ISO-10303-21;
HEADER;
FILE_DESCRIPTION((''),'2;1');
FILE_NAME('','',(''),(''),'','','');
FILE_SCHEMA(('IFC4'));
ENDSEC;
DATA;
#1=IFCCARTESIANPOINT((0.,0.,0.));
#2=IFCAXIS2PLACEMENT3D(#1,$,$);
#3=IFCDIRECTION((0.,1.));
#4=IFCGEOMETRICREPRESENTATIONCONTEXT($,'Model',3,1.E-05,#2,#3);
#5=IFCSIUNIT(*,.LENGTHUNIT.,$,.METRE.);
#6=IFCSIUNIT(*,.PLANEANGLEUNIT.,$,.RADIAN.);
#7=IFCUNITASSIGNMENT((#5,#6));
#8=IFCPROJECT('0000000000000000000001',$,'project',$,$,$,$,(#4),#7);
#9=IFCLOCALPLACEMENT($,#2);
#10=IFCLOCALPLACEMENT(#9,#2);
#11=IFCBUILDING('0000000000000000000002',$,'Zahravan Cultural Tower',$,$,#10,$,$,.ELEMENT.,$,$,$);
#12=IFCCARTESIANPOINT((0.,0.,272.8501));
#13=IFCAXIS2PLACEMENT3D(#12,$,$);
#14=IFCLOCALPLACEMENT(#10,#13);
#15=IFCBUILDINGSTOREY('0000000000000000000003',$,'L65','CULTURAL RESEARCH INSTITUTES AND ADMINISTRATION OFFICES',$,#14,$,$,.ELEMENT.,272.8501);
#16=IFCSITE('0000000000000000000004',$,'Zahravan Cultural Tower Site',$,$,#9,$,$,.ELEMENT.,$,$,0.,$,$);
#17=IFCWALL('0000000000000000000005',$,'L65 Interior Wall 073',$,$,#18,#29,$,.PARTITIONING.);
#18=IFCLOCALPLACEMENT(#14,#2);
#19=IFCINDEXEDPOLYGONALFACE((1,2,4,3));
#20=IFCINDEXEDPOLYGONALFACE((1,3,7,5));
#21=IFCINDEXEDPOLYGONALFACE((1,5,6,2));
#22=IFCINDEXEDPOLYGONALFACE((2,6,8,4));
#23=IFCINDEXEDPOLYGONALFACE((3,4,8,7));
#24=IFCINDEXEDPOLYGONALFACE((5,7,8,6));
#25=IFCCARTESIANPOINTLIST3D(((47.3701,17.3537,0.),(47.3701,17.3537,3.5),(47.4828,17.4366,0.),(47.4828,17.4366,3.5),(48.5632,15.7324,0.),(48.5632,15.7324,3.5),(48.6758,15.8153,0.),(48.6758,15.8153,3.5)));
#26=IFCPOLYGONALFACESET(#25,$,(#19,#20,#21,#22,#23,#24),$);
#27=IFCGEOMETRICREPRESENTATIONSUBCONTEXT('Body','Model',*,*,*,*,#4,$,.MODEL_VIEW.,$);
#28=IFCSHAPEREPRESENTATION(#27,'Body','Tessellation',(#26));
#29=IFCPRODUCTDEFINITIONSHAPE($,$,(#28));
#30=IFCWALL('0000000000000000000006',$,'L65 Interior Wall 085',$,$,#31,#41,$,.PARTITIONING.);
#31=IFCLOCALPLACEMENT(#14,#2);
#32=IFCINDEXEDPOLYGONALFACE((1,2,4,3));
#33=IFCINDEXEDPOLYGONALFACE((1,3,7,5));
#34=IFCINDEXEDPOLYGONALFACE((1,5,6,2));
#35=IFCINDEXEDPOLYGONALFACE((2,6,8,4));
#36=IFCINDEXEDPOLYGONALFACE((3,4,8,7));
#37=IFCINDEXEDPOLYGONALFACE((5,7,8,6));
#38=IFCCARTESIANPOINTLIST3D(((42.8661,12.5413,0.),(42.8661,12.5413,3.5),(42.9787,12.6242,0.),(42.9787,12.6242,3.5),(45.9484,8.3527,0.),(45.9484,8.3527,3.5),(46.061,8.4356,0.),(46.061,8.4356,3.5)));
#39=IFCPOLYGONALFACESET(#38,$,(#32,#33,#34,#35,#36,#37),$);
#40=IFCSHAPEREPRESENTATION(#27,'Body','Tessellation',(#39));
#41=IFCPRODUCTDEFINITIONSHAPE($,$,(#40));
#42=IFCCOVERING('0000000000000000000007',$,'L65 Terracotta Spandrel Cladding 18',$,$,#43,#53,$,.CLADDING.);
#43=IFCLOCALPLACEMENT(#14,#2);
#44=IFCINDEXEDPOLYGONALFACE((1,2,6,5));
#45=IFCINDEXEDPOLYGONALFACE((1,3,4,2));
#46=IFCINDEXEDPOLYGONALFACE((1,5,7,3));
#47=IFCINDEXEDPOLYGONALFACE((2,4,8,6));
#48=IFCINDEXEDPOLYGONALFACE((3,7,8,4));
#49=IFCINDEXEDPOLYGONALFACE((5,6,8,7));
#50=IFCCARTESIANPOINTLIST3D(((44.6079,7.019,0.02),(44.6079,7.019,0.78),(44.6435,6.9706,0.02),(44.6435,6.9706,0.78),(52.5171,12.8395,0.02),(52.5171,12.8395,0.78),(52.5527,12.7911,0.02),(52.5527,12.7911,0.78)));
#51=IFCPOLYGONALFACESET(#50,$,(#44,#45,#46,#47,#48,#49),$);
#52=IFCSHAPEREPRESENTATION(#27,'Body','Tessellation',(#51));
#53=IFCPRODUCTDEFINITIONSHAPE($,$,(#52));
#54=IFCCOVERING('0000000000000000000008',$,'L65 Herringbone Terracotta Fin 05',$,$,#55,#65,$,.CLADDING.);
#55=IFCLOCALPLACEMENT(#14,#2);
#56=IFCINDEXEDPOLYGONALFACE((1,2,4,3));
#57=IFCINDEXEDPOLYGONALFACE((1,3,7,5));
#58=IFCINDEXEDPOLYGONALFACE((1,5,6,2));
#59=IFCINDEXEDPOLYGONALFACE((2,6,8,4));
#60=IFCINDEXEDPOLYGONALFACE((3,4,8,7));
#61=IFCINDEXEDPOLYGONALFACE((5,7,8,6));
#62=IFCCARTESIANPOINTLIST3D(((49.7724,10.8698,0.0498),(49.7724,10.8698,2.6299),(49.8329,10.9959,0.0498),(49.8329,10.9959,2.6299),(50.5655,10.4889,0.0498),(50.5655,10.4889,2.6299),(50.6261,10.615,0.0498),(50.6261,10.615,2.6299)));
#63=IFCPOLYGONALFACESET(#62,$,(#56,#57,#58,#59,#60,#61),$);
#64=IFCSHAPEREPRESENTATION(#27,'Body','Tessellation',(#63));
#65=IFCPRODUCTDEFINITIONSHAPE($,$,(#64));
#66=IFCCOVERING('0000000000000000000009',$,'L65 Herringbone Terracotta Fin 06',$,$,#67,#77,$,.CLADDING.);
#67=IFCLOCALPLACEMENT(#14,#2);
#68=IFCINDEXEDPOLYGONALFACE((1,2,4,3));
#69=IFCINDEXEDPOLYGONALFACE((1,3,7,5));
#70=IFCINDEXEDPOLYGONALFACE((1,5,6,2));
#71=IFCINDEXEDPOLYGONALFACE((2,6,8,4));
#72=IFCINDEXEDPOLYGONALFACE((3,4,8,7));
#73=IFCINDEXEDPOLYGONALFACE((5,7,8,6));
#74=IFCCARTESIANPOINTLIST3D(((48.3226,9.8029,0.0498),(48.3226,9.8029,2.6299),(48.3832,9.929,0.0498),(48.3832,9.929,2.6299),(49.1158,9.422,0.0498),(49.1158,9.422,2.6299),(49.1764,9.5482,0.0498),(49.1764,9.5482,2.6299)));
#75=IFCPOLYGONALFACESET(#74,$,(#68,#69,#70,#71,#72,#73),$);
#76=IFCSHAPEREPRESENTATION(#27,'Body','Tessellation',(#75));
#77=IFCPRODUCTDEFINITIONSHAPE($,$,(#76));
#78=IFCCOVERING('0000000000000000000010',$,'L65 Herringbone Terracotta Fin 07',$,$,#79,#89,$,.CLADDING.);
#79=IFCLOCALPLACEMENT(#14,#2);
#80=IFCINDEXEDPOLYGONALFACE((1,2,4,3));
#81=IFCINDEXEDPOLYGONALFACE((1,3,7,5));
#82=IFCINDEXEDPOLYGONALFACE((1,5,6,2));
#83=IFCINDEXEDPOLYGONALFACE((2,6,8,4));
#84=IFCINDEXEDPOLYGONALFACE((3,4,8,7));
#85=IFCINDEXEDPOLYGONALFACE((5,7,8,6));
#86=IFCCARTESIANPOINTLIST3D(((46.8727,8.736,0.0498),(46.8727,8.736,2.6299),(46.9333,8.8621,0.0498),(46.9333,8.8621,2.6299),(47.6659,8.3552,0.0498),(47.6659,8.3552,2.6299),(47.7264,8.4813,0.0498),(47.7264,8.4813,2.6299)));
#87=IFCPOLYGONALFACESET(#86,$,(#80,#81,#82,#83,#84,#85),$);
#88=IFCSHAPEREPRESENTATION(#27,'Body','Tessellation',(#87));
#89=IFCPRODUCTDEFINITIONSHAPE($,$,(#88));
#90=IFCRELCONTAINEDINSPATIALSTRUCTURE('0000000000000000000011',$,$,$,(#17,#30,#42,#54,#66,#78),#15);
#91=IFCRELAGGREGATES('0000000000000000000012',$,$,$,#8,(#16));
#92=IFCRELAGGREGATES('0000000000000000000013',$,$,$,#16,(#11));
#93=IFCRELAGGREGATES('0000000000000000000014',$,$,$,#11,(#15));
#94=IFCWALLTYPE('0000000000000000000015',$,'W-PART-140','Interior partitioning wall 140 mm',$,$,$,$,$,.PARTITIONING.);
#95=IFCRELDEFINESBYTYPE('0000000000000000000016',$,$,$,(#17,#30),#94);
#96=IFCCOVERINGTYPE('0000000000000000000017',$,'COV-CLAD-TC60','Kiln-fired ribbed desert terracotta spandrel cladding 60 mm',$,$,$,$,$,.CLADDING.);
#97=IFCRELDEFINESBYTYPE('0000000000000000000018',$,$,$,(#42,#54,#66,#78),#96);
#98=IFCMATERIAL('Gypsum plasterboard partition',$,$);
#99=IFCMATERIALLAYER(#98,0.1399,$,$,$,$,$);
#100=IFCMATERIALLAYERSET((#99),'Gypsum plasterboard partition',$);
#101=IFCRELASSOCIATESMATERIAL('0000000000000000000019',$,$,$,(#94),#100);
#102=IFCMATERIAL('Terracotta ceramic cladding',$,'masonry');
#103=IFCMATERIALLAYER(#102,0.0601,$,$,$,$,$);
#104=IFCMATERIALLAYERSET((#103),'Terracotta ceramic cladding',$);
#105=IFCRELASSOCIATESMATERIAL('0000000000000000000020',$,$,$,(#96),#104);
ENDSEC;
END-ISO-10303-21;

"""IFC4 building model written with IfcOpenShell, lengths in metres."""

from ifc_helpers import new_model, si_unit, direction, frame, frame_2d, origin, origin_2d, place, context, subcontext, project, spatial, rectangle, extrude, source, transform, mapped, material, layer, layer_set, type_object, element, save


model = new_model("IFC4")

# Units and contexts
model_context = context("Model", 3, precision=1e-05, world=origin(), true_north=direction((0.0, 1.0)))
body_context = subcontext(model_context, "Body", "Model", "MODEL_VIEW")
ifc_project = project(units=[si_unit("LENGTHUNIT", "METRE"), si_unit("PLANEANGLEUNIT", "RADIAN")], contexts=[model_context])

# Site, building, storey
site_placement = place(None, origin())
site = spatial("IfcSite", under=ifc_project, at=site_placement, Name="Zahravan Cultural Tower Site", CompositionType="ELEMENT", RefElevation=0.0)
building_placement = place(site_placement, origin())
building = spatial("IfcBuilding", under=site, at=building_placement, Name="Zahravan Cultural Tower", CompositionType="ELEMENT")
storey_placement = place(building_placement, frame((0.0, 0.0, 272.8501)))
storey = spatial("IfcBuildingStorey", under=building, at=storey_placement, Name="L65", Description="CULTURAL RESEARCH INSTITUTES AND ADMINISTRATION OFFICES", CompositionType="ELEMENT", Elevation=272.8501)

# Shared definitions
ifc_material_1 = material(Name="Gypsum plasterboard partition")
ifc_layer_1 = layer(ifc_material_1, 0.1399)
ifc_layer_set_1 = layer_set([ifc_layer_1], Name="Gypsum plasterboard partition")
wall_type_1 = type_object("IfcWallType", Name="W-PART-140", Description="Interior partitioning wall 140 mm", PredefinedType="PARTITIONING", material=ifc_layer_set_1)

# Walls
shared_shape_1 = source(origin(), body_context, "Body", "SweptSolid", [
    extrude(rectangle(XDim=2.0129, YDim=0.1399, at=frame_2d((1.0063, 0.0))), origin(), (0.0, 0.0, 1.0), 3.5),
])
wall_1_placement = place(storey_placement, frame((47.4265, 17.395, 0.0), z_axis=(0.0, 0.0, 1.0), x_axis=(0.592698, -0.805425, 0.0)))
element("IfcWall", 1, at=wall_1_placement, inside=storey, type_object=wall_type_1, Name="L65 Interior Wall 073", PredefinedType="PARTITIONING", context=body_context, shape_type="MappedRepresentation", body=[
    mapped(shared_shape_1, transform((0.0, 0.0, 0.0), x_axis=(1.0, 0.0, 0.0), y_axis=(0.0, 1.0, 0.0), z_axis=(0.0, 0.0, 1.0), scale=1.0)),
])
shared_shape_2 = source(origin(), body_context, "Body", "SweptSolid", [
    extrude(rectangle(XDim=5.2004, YDim=0.1399, at=frame_2d((2.6001, 0.0))), origin(), (0.0, 0.0, 1.0), 3.5),
])
wall_2_placement = place(storey_placement, frame((46.0046, 8.3943, 0.0), z_axis=(0.0, 0.0, 1.0), x_axis=(-0.592704, 0.80542, 0.0)))
element("IfcWall", 2, at=wall_2_placement, inside=storey, type_object=wall_type_1, Name="L65 Interior Wall 085", PredefinedType="PARTITIONING", context=body_context, shape_type="MappedRepresentation", body=[
    mapped(shared_shape_2, transform((0.0, 0.0, 0.0), x_axis=(1.0, 0.0, 0.0), y_axis=(0.0, 1.0, 0.0), z_axis=(0.0, 0.0, 1.0), scale=1.0)),
])

# Coverings
ifc_material_2 = material(Name="Terracotta ceramic cladding", Category="masonry")
ifc_layer_2 = layer(ifc_material_2, 0.0601)
ifc_layer_set_2 = layer_set([ifc_layer_2], Name="Terracotta ceramic cladding")
covering_type = type_object("IfcCoveringType", Name="COV-CLAD-TC60", Description="Kiln-fired ribbed desert terracotta spandrel cladding 60 mm", PredefinedType="CLADDING", material=ifc_layer_set_2)
shared_shape_3 = source(origin(), body_context, "Body", "SweptSolid", [
    extrude(rectangle(XDim=9.8201, YDim=0.0601, at=origin_2d()), origin(), (0.0, 0.0, 1.0), 0.76),
])
covering_placement = place(storey_placement, frame((48.5803, 9.905, 0.02), z_axis=(0.0, 0.0, 1.0), x_axis=(-0.805411, -0.592716, 0.0)))
element("IfcCovering", 3, at=covering_placement, inside=storey, type_object=covering_type, Name="L65 Terracotta Spandrel Cladding 18", PredefinedType="CLADDING", context=body_context, shape_type="MappedRepresentation", body=[
    mapped(shared_shape_3, transform((0.0, 0.0, 0.0), x_axis=(1.0, 0.0, 0.0), y_axis=(0.0, 1.0, 0.0), z_axis=(0.0, 0.0, 1.0), scale=1.0)),
])
shared_shape_4 = source(origin(), body_context, "Body", "SweptSolid", [
    extrude(rectangle(XDim=0.8799, YDim=0.1399, at=origin_2d()), origin(), (0.0, 0.0, 1.0), 2.5801),
])
for number, where, z_axis, x_axis, name in (
    (4, (50.1992, 10.7424, 0.0498), (0.0, 0.0, 1.0), (0.901455, -0.432873, 0.0), "L65 Herringbone Terracotta Fin 05"),
    (5, (48.7495, 9.6755, 0.0498), (0.0, 0.0, 1.0), (0.901455, -0.432873, 0.0), "L65 Herringbone Terracotta Fin 06"),
    (6, (47.2996, 8.6086, 0.0498), (0.0, 0.0, 1.0), (0.901455, -0.432873, 0.0), "L65 Herringbone Terracotta Fin 07"),
):
    element("IfcCovering", number, at=place(storey_placement, frame(where, z_axis=z_axis, x_axis=x_axis)), inside=storey, type_object=covering_type, Name=name, PredefinedType="CLADDING", context=body_context, shape_type="MappedRepresentation", body=[
        mapped(shared_shape_4, transform((0.0, 0.0, 0.0), x_axis=(1.0, 0.0, 0.0), y_axis=(0.0, 1.0, 0.0), z_axis=(0.0, 0.0, 1.0), scale=1.0)),
    ])

save(model, "model.ifc")
